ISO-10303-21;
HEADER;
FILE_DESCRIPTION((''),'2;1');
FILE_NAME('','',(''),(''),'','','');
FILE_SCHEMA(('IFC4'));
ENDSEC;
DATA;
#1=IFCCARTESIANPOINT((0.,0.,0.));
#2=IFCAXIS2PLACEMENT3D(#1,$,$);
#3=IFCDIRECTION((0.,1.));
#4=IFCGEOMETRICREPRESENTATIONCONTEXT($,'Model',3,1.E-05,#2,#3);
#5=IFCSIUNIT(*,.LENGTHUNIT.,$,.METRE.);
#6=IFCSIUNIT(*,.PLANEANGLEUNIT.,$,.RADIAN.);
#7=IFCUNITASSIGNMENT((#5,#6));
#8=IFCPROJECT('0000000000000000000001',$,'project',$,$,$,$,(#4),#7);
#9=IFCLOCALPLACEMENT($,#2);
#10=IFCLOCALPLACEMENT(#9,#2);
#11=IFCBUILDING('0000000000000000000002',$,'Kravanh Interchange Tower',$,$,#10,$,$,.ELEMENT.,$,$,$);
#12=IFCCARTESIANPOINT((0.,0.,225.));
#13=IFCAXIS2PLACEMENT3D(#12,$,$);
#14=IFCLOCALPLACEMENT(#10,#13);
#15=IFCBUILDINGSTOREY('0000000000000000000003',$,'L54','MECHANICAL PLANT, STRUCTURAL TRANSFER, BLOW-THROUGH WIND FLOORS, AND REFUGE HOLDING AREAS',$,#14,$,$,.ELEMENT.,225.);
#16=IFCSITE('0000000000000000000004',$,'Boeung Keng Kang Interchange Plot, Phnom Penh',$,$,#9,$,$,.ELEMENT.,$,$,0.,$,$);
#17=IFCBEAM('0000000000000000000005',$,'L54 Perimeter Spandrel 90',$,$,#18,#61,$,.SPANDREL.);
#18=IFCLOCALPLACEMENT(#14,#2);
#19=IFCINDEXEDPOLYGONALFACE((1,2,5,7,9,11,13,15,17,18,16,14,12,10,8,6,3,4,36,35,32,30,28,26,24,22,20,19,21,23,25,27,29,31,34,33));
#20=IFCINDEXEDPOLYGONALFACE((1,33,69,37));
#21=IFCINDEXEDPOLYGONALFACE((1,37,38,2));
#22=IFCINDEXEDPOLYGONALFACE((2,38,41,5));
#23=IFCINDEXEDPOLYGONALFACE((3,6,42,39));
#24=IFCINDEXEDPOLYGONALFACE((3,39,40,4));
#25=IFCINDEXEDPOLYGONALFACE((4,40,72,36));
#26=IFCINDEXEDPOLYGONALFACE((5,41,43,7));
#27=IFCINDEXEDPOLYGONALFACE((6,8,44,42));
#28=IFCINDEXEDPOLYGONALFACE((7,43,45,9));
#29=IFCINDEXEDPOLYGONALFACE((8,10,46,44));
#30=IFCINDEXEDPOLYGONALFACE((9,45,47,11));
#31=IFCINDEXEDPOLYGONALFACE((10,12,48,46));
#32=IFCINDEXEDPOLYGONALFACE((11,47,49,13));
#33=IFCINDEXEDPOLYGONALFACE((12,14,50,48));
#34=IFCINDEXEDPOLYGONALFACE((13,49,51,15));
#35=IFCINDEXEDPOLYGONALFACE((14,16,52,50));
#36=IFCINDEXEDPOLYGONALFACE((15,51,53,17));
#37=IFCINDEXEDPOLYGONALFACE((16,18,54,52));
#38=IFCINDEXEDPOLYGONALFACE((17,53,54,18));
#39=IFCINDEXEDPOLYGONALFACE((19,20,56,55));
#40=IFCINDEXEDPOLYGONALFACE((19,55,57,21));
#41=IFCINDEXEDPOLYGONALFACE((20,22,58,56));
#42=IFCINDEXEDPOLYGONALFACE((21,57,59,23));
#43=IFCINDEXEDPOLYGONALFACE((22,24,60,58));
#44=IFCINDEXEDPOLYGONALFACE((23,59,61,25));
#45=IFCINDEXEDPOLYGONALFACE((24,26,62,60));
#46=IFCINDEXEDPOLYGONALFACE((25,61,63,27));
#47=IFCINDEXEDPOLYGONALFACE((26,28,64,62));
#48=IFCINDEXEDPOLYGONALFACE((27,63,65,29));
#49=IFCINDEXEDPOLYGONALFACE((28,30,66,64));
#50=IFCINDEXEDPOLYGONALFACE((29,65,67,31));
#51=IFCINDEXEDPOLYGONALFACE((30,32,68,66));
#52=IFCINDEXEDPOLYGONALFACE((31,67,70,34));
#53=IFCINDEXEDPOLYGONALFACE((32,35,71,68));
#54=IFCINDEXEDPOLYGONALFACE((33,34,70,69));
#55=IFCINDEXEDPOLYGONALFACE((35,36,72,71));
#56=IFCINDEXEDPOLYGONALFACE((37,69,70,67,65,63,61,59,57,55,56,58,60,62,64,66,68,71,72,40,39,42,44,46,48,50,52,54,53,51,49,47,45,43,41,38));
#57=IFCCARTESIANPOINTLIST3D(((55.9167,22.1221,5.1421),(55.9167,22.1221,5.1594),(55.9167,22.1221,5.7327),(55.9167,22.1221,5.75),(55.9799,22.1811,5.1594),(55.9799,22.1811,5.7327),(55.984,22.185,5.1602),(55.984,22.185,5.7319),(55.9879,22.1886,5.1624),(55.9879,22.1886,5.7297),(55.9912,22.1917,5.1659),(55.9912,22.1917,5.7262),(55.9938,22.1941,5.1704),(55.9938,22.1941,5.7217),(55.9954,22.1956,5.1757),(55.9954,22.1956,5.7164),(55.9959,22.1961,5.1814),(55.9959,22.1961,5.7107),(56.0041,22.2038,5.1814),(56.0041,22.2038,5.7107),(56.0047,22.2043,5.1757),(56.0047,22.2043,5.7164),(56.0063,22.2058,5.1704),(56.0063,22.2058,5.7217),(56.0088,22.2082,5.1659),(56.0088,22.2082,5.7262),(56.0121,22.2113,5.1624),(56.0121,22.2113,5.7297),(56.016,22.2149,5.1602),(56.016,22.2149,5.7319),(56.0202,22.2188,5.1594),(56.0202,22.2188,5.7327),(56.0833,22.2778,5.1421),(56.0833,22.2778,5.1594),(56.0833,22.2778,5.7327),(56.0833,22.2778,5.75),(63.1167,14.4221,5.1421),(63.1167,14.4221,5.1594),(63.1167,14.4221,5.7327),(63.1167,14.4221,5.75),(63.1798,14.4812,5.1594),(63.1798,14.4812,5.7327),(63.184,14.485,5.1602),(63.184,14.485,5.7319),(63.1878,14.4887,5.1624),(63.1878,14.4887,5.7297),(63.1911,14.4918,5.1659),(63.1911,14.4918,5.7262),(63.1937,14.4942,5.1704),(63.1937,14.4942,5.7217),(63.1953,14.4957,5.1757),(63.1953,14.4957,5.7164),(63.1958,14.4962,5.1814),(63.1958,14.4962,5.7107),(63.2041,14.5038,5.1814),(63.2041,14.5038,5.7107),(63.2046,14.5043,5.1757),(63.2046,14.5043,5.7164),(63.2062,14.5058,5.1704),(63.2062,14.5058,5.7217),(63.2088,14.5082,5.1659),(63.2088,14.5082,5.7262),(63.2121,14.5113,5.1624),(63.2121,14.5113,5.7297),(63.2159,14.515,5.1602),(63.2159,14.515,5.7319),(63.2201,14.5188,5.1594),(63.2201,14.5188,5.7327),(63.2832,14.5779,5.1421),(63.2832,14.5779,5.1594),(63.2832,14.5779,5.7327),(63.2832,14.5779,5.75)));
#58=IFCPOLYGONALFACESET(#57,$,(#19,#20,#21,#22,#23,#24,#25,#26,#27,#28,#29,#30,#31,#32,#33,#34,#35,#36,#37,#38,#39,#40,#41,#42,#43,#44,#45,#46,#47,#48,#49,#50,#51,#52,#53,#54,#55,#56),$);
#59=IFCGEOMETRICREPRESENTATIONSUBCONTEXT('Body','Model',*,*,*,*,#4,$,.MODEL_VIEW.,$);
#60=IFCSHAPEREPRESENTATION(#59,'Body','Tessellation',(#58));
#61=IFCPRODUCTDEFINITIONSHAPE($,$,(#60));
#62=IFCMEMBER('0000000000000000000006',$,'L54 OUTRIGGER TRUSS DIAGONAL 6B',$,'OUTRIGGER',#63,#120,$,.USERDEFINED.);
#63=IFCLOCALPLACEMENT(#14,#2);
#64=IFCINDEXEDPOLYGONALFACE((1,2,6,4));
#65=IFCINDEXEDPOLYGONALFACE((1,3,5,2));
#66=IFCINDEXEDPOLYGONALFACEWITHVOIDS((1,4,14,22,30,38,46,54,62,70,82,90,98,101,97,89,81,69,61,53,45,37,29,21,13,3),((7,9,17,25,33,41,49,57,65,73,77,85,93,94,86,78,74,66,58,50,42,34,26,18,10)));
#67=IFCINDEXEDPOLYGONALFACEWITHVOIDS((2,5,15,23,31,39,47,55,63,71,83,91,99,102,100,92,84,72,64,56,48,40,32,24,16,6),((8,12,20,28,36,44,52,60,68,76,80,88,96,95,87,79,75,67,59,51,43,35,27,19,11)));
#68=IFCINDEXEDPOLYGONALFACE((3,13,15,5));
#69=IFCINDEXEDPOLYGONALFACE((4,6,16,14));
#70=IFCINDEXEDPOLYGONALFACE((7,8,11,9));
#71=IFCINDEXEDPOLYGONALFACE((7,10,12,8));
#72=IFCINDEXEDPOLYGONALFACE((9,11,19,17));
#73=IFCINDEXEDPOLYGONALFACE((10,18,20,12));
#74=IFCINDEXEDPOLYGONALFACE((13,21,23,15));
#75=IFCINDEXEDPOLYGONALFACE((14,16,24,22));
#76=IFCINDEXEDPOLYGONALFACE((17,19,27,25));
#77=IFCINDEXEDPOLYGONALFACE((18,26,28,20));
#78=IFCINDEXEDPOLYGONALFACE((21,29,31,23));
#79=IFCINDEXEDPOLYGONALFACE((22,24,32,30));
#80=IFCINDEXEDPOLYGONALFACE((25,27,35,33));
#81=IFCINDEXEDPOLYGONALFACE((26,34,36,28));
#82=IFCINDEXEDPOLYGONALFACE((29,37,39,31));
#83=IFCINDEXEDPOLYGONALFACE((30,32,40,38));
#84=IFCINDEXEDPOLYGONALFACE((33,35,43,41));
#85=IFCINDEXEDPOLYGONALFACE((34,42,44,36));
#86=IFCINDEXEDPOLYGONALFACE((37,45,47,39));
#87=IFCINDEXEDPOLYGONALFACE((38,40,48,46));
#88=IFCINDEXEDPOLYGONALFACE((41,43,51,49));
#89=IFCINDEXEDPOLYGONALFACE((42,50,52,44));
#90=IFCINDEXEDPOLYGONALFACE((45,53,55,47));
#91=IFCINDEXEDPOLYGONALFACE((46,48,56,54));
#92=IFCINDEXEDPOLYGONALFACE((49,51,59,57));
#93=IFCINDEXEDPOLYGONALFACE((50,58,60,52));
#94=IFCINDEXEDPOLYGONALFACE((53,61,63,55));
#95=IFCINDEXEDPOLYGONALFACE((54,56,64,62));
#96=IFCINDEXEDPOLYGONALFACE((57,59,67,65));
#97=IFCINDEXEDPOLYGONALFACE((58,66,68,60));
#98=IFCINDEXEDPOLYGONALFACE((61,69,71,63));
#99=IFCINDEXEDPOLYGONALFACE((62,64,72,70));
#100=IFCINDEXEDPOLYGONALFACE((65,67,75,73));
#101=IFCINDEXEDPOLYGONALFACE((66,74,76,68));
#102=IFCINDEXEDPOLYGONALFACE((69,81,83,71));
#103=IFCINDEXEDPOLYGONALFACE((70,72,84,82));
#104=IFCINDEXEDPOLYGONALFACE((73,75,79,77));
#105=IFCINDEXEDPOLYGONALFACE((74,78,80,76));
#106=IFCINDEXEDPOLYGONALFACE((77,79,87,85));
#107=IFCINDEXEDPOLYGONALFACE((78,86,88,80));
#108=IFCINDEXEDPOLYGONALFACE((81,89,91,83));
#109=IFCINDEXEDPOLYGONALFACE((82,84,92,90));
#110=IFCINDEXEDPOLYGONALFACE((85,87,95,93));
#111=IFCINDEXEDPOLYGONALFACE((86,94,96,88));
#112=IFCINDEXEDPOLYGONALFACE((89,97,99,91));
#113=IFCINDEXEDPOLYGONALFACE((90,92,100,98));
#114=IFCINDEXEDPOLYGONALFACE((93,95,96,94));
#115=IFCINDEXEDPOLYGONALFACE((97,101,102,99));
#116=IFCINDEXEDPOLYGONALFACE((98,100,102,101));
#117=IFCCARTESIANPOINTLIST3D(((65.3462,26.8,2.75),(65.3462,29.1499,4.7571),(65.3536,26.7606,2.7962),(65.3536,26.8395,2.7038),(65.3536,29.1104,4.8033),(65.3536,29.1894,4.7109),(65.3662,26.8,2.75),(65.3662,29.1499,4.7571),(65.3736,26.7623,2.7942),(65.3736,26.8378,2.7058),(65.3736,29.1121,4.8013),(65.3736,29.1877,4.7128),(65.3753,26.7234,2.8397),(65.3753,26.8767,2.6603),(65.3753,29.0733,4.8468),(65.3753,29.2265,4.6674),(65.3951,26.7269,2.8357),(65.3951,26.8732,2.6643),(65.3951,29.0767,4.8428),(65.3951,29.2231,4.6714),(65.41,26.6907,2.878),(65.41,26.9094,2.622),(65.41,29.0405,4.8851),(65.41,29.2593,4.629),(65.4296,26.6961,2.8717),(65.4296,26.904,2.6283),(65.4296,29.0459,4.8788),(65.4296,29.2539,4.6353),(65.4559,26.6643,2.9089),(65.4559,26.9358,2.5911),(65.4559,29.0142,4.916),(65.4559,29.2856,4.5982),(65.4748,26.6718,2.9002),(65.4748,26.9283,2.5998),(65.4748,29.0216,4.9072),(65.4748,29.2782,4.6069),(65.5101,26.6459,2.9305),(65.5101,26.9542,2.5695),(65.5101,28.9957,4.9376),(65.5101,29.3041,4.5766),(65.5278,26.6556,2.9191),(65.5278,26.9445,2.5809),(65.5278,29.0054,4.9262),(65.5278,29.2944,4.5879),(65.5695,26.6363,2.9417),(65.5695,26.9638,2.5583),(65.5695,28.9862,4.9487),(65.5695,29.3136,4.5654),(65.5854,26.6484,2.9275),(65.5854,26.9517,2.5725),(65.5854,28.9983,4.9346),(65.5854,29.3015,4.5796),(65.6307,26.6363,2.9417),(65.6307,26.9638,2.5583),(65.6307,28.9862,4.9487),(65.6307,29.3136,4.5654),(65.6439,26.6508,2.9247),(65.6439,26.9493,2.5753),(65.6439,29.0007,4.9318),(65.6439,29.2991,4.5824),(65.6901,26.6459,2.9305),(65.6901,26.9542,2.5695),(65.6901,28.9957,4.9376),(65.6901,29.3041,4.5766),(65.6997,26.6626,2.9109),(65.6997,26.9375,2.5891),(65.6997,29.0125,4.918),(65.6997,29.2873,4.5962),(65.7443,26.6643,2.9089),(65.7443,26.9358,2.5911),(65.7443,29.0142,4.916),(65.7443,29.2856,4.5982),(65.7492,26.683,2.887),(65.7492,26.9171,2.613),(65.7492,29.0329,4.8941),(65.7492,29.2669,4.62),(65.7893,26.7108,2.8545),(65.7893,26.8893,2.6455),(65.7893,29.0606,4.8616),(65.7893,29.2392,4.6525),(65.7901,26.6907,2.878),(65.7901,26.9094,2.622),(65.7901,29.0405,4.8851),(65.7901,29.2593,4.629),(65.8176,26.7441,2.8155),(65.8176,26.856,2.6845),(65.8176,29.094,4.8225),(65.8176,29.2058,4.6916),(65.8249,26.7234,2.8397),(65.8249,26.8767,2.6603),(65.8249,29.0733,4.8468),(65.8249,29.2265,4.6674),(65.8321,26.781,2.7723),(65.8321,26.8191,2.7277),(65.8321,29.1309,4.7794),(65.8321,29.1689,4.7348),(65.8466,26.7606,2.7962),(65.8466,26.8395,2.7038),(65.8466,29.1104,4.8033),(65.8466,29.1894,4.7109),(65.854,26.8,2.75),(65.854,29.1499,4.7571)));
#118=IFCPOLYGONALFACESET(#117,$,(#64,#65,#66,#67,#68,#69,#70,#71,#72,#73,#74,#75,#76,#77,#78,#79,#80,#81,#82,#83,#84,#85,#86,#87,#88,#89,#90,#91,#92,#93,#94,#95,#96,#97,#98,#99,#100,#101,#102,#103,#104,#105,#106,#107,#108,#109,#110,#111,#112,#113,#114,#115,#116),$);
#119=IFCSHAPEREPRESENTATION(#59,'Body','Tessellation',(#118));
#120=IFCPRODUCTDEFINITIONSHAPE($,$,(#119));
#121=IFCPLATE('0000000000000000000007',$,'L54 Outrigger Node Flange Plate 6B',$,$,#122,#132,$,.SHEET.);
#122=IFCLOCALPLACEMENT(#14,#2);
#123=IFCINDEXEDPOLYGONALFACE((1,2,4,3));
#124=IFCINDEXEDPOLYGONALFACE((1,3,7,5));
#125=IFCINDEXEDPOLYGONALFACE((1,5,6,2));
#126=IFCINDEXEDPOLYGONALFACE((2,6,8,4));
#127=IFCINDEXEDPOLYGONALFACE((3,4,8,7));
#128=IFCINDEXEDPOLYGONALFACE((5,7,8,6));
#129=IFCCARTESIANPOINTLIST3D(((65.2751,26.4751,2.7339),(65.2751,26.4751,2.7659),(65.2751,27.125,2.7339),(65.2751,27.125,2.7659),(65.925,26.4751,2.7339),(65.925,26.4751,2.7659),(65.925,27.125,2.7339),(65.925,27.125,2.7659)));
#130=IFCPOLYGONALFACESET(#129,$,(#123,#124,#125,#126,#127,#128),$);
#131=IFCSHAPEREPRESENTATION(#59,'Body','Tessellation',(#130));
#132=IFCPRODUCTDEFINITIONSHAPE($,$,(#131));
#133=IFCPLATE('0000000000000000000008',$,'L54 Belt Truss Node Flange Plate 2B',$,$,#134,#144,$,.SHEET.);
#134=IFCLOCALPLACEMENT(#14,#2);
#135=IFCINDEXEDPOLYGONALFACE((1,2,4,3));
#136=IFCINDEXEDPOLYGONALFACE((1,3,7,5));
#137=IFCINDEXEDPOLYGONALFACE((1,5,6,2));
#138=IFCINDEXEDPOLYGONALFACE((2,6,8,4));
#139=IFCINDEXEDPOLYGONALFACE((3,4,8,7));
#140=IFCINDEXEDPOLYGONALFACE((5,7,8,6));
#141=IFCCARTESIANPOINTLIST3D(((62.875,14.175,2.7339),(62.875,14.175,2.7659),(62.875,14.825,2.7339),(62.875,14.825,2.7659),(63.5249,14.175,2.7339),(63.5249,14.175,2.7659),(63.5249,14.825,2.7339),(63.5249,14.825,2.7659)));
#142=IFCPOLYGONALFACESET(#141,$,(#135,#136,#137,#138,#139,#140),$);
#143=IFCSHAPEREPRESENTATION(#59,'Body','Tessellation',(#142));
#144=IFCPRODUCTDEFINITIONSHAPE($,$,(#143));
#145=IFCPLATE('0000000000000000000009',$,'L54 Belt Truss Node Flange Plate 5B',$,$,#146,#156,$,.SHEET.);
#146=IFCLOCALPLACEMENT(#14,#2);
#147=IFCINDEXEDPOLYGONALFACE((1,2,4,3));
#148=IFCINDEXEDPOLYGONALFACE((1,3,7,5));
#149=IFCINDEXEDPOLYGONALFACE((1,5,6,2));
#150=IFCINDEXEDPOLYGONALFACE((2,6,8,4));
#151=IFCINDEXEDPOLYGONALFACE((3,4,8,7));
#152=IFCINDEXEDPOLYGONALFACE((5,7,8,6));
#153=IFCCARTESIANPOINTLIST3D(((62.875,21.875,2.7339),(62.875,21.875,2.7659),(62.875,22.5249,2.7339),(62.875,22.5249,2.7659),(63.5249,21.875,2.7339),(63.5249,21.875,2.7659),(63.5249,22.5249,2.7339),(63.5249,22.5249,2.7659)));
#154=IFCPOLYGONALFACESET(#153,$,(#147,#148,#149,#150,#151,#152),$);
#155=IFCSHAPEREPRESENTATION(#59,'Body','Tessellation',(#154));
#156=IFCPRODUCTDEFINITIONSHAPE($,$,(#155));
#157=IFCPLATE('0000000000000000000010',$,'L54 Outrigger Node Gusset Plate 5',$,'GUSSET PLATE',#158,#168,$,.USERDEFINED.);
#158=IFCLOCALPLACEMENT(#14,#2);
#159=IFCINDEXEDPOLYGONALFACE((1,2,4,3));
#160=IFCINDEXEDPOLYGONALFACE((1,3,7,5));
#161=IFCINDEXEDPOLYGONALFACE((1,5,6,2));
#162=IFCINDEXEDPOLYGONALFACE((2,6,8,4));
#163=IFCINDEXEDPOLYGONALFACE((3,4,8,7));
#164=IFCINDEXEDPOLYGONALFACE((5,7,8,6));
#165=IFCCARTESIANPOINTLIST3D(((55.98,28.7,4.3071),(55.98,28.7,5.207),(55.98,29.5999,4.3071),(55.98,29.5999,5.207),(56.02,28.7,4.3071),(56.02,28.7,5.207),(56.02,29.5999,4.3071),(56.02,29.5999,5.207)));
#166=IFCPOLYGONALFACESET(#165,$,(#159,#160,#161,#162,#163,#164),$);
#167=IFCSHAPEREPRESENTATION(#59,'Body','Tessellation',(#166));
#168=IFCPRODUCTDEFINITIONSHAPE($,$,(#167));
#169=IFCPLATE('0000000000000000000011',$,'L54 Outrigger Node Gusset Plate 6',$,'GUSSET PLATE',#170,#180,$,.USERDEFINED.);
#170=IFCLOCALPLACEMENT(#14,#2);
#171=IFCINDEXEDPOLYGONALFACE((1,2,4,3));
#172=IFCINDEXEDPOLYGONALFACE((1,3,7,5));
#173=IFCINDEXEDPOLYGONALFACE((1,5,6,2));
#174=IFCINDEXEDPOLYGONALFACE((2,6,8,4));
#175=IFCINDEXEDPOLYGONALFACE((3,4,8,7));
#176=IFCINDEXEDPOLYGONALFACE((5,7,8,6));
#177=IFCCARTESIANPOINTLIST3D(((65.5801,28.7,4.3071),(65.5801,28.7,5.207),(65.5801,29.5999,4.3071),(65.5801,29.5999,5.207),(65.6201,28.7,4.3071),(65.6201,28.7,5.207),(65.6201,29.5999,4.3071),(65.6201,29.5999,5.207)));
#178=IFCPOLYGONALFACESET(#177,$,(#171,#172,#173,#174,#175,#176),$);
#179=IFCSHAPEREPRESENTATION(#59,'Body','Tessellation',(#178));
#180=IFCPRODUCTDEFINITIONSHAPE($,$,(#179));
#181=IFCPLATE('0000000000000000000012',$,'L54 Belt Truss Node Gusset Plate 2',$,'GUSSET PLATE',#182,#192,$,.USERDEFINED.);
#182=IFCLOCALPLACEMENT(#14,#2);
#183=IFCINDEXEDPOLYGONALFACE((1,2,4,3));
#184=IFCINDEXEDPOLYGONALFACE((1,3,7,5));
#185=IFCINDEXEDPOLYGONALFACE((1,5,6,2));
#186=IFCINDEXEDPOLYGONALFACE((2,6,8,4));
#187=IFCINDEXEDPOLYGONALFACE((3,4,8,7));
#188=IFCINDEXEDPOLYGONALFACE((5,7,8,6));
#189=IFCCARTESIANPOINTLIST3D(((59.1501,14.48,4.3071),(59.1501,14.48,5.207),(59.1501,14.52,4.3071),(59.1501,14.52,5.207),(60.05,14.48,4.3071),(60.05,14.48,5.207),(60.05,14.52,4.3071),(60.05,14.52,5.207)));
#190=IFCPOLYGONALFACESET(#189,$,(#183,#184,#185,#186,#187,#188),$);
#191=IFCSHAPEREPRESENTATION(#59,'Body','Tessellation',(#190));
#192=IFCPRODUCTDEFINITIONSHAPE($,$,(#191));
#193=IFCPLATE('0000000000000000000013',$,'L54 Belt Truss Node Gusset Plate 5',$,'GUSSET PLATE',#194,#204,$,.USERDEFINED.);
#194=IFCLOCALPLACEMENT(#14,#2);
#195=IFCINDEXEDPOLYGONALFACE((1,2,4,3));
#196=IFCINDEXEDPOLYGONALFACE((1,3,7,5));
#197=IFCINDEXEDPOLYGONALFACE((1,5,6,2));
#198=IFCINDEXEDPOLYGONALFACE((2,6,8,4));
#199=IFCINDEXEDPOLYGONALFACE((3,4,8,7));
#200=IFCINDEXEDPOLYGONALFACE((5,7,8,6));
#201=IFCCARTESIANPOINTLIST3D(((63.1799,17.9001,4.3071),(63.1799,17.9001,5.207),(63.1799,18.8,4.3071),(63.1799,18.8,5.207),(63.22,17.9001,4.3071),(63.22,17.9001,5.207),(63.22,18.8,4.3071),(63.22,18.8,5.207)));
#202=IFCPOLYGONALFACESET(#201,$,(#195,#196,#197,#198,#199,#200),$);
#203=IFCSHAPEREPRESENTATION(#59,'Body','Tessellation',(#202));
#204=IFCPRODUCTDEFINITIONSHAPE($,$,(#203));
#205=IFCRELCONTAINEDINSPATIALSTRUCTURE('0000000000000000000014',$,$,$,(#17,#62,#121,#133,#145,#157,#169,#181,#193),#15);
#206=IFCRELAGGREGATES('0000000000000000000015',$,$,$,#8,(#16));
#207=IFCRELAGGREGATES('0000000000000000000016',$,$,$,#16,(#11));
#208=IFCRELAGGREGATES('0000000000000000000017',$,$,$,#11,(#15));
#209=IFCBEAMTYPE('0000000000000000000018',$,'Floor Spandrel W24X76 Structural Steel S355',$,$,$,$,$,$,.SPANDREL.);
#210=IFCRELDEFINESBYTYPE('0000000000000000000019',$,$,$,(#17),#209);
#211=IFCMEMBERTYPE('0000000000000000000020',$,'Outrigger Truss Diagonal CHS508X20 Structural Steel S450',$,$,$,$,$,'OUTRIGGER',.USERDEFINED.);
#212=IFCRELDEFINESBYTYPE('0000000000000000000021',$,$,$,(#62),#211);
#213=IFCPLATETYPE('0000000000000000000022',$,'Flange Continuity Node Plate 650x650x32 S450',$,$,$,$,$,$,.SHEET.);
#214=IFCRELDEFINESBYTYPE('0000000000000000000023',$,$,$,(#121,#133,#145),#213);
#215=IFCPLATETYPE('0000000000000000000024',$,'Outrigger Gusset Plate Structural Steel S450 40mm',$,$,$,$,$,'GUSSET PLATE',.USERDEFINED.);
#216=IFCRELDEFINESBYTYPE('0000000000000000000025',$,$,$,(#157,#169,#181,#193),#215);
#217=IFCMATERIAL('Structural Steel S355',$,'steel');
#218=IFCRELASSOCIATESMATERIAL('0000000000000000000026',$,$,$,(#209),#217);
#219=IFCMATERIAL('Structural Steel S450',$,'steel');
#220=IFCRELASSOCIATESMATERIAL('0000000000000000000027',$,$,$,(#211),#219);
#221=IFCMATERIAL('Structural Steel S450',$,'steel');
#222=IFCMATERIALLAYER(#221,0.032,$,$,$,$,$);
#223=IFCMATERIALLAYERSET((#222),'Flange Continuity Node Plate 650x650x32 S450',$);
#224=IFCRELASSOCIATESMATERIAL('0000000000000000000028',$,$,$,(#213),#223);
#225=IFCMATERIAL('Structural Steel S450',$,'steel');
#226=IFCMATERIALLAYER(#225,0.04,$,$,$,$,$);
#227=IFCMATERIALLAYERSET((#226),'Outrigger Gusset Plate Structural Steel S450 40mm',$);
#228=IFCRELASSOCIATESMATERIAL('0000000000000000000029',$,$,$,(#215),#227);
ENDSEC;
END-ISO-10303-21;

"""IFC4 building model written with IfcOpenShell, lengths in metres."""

from ifc_helpers import new_model, si_unit, direction, frame, origin, origin_2d, place, context, subcontext, project, spatial, rectangle, hollow_circle, i_section, extrude, material, layer, layer_set, material_profile, profile_set, type_object, element, save


model = new_model("IFC4")

# Units and contexts
model_context = context("Model", 3, precision=1e-05, world=origin(), true_north=direction((0.0, 1.0)))
body_context = subcontext(model_context, "Body", "Model", "MODEL_VIEW")
ifc_project = project(units=[si_unit("LENGTHUNIT", "METRE"), si_unit("PLANEANGLEUNIT", "RADIAN")], contexts=[model_context])

# Site, building, storey
site_placement = place(None, origin())
site = spatial("IfcSite", under=ifc_project, at=site_placement, Name="Boeung Keng Kang Interchange Plot, Phnom Penh", CompositionType="ELEMENT", RefElevation=0.0)
building_placement = place(site_placement, origin())
building = spatial("IfcBuilding", under=site, at=building_placement, Name="Kravanh Interchange Tower", CompositionType="ELEMENT")
storey_placement = place(building_placement, frame((0.0, 0.0, 225.0)))
storey = spatial("IfcBuildingStorey", under=building, at=storey_placement, Name="L54", Description="MECHANICAL PLANT, STRUCTURAL TRANSFER, BLOW-THROUGH WIND FLOORS, AND REFUGE HOLDING AREAS", CompositionType="ELEMENT", Elevation=225.0)

# Beam
ifc_material_1 = material(Name="Structural Steel S355", Category="steel")
ifc_material_profile_1 = material_profile(ifc_material_1, i_section(OverallWidth=0.228, OverallDepth=0.6079, WebThickness=0.0112, FlangeThickness=0.0173, FilletRadius=0.022, at=origin_2d()), Name="W24X76")
ifc_profile_set_1 = profile_set([ifc_material_profile_1], Name="Structural Steel S355")
beam_type_1 = type_object("IfcBeamType", Name="Floor Spandrel W24X76 Structural Steel S355", PredefinedType="SPANDREL", material=ifc_profile_set_1)
beam_1_placement = place(storey_placement, frame((63.2, 14.5, 5.446), z_axis=(-0.682994, 0.730424, 0.0), x_axis=(-0.730424, -0.682994, 0.0)))
element("IfcBeam", 1, at=beam_1_placement, inside=storey, type_object=beam_type_1, Name="L54 Perimeter Spandrel 90", PredefinedType="SPANDREL", context=body_context, shape_type="SweptSolid", body=[
    extrude(i_section(OverallWidth=0.228, OverallDepth=0.6079, WebThickness=0.0112, FlangeThickness=0.0173, FilletRadius=0.022, at=origin_2d()), origin(), (0.0, 0.0, 1.0), 10.5417),
])

# Member
ifc_material_2 = material(Name="Structural Steel S450", Category="steel")
ifc_material_profile_2 = material_profile(ifc_material_2, hollow_circle(Radius=0.2539, WallThickness=0.02, at=origin_2d()), Name="CHS508X20")
ifc_profile_set_2 = profile_set([ifc_material_profile_2], Name="Structural Steel S450")
member_type_1 = type_object("IfcMemberType", Name="Outrigger Truss Diagonal CHS508X20 Structural Steel S450", ElementType="OUTRIGGER", PredefinedType="USERDEFINED", material=ifc_profile_set_2)
member_1_placement = place(storey_placement, frame((65.6001, 26.8, 2.75), z_axis=(0.0, 0.760387, 0.64947), x_axis=(-1.0, 0.0, 0.0)))
element("IfcMember", 2, at=member_1_placement, inside=storey, type_object=member_type_1, Name="L54 OUTRIGGER TRUSS DIAGONAL 6B", ObjectType="OUTRIGGER", PredefinedType="USERDEFINED", context=body_context, shape_type="SweptSolid", body=[
    extrude(hollow_circle(Radius=0.2539, WallThickness=0.02, at=origin_2d()), origin(), (0.0, 0.0, 1.0), 3.0903),
])

# Plates
ifc_material_3 = material(Name="Structural Steel S450", Category="steel")
ifc_layer_1 = layer(ifc_material_3, 0.032)
ifc_layer_set_1 = layer_set([ifc_layer_1], Name="Flange Continuity Node Plate 650x650x32 S450")
plate_type_1 = type_object("IfcPlateType", Name="Flange Continuity Node Plate 650x650x32 S450", PredefinedType="SHEET", material=ifc_layer_set_1)
for number, where, z_axis, x_axis, name in (
    (3, (65.6001, 26.8, 2.7339), (0.0, 0.0, 1.0), (1.0, 0.0, 0.0), "L54 Outrigger Node Flange Plate 6B"),
    (4, (63.2, 14.5, 2.7339), (0.0, 0.0, 1.0), (1.0, 0.0, 0.0), "L54 Belt Truss Node Flange Plate 2B"),
    (5, (63.2, 22.2, 2.7339), (0.0, 0.0, 1.0), (1.0, 0.0, 0.0), "L54 Belt Truss Node Flange Plate 5B"),
):
    element("IfcPlate", number, at=place(storey_placement, frame(where, z_axis=z_axis, x_axis=x_axis)), inside=storey, type_object=plate_type_1, Name=name, PredefinedType="SHEET", context=body_context, shape_type="SweptSolid", body=[
        extrude(rectangle(XDim=0.6499, YDim=0.6499, at=origin_2d()), origin(), (0.0, 0.0, 1.0), 0.032),
    ])
ifc_material_4 = material(Name="Structural Steel S450", Category="steel")
ifc_layer_2 = layer(ifc_material_4, 0.04)
ifc_layer_set_2 = layer_set([ifc_layer_2], Name="Outrigger Gusset Plate Structural Steel S450 40mm")
plate_type_2 = type_object("IfcPlateType", Name="Outrigger Gusset Plate Structural Steel S450 40mm", ElementType="GUSSET PLATE", PredefinedType="USERDEFINED", material=ifc_layer_set_2)
for number, where, z_axis, x_axis, name in (
    (6, (56.0, 29.1499, 4.3071), (0.0, 0.0, 1.0), (0.0, -1.0, 0.0), "L54 Outrigger Node Gusset Plate 5"),
    (7, (65.6001, 29.1499, 4.3071), (0.0, 0.0, 1.0), (0.0, -1.0, 0.0), "L54 Outrigger Node Gusset Plate 6"),
    (8, (59.6001, 14.5, 4.3071), (0.0, 0.0, 1.0), (1.0, 0.0, 0.0), "L54 Belt Truss Node Gusset Plate 2"),
    (9, (63.2, 18.3501, 4.3071), (0.0, 0.0, 1.0), (0.0, 1.0, 0.0), "L54 Belt Truss Node Gusset Plate 5"),
):
    element("IfcPlate", number, at=place(storey_placement, frame(where, z_axis=z_axis, x_axis=x_axis)), inside=storey, type_object=plate_type_2, Name=name, ObjectType="GUSSET PLATE", PredefinedType="USERDEFINED", context=body_context, shape_type="SweptSolid", body=[
        extrude(rectangle(XDim=0.8999, YDim=0.04, at=origin_2d()), origin(), (0.0, 0.0, 1.0), 0.8999),
    ])

save(model, "model.ifc")
